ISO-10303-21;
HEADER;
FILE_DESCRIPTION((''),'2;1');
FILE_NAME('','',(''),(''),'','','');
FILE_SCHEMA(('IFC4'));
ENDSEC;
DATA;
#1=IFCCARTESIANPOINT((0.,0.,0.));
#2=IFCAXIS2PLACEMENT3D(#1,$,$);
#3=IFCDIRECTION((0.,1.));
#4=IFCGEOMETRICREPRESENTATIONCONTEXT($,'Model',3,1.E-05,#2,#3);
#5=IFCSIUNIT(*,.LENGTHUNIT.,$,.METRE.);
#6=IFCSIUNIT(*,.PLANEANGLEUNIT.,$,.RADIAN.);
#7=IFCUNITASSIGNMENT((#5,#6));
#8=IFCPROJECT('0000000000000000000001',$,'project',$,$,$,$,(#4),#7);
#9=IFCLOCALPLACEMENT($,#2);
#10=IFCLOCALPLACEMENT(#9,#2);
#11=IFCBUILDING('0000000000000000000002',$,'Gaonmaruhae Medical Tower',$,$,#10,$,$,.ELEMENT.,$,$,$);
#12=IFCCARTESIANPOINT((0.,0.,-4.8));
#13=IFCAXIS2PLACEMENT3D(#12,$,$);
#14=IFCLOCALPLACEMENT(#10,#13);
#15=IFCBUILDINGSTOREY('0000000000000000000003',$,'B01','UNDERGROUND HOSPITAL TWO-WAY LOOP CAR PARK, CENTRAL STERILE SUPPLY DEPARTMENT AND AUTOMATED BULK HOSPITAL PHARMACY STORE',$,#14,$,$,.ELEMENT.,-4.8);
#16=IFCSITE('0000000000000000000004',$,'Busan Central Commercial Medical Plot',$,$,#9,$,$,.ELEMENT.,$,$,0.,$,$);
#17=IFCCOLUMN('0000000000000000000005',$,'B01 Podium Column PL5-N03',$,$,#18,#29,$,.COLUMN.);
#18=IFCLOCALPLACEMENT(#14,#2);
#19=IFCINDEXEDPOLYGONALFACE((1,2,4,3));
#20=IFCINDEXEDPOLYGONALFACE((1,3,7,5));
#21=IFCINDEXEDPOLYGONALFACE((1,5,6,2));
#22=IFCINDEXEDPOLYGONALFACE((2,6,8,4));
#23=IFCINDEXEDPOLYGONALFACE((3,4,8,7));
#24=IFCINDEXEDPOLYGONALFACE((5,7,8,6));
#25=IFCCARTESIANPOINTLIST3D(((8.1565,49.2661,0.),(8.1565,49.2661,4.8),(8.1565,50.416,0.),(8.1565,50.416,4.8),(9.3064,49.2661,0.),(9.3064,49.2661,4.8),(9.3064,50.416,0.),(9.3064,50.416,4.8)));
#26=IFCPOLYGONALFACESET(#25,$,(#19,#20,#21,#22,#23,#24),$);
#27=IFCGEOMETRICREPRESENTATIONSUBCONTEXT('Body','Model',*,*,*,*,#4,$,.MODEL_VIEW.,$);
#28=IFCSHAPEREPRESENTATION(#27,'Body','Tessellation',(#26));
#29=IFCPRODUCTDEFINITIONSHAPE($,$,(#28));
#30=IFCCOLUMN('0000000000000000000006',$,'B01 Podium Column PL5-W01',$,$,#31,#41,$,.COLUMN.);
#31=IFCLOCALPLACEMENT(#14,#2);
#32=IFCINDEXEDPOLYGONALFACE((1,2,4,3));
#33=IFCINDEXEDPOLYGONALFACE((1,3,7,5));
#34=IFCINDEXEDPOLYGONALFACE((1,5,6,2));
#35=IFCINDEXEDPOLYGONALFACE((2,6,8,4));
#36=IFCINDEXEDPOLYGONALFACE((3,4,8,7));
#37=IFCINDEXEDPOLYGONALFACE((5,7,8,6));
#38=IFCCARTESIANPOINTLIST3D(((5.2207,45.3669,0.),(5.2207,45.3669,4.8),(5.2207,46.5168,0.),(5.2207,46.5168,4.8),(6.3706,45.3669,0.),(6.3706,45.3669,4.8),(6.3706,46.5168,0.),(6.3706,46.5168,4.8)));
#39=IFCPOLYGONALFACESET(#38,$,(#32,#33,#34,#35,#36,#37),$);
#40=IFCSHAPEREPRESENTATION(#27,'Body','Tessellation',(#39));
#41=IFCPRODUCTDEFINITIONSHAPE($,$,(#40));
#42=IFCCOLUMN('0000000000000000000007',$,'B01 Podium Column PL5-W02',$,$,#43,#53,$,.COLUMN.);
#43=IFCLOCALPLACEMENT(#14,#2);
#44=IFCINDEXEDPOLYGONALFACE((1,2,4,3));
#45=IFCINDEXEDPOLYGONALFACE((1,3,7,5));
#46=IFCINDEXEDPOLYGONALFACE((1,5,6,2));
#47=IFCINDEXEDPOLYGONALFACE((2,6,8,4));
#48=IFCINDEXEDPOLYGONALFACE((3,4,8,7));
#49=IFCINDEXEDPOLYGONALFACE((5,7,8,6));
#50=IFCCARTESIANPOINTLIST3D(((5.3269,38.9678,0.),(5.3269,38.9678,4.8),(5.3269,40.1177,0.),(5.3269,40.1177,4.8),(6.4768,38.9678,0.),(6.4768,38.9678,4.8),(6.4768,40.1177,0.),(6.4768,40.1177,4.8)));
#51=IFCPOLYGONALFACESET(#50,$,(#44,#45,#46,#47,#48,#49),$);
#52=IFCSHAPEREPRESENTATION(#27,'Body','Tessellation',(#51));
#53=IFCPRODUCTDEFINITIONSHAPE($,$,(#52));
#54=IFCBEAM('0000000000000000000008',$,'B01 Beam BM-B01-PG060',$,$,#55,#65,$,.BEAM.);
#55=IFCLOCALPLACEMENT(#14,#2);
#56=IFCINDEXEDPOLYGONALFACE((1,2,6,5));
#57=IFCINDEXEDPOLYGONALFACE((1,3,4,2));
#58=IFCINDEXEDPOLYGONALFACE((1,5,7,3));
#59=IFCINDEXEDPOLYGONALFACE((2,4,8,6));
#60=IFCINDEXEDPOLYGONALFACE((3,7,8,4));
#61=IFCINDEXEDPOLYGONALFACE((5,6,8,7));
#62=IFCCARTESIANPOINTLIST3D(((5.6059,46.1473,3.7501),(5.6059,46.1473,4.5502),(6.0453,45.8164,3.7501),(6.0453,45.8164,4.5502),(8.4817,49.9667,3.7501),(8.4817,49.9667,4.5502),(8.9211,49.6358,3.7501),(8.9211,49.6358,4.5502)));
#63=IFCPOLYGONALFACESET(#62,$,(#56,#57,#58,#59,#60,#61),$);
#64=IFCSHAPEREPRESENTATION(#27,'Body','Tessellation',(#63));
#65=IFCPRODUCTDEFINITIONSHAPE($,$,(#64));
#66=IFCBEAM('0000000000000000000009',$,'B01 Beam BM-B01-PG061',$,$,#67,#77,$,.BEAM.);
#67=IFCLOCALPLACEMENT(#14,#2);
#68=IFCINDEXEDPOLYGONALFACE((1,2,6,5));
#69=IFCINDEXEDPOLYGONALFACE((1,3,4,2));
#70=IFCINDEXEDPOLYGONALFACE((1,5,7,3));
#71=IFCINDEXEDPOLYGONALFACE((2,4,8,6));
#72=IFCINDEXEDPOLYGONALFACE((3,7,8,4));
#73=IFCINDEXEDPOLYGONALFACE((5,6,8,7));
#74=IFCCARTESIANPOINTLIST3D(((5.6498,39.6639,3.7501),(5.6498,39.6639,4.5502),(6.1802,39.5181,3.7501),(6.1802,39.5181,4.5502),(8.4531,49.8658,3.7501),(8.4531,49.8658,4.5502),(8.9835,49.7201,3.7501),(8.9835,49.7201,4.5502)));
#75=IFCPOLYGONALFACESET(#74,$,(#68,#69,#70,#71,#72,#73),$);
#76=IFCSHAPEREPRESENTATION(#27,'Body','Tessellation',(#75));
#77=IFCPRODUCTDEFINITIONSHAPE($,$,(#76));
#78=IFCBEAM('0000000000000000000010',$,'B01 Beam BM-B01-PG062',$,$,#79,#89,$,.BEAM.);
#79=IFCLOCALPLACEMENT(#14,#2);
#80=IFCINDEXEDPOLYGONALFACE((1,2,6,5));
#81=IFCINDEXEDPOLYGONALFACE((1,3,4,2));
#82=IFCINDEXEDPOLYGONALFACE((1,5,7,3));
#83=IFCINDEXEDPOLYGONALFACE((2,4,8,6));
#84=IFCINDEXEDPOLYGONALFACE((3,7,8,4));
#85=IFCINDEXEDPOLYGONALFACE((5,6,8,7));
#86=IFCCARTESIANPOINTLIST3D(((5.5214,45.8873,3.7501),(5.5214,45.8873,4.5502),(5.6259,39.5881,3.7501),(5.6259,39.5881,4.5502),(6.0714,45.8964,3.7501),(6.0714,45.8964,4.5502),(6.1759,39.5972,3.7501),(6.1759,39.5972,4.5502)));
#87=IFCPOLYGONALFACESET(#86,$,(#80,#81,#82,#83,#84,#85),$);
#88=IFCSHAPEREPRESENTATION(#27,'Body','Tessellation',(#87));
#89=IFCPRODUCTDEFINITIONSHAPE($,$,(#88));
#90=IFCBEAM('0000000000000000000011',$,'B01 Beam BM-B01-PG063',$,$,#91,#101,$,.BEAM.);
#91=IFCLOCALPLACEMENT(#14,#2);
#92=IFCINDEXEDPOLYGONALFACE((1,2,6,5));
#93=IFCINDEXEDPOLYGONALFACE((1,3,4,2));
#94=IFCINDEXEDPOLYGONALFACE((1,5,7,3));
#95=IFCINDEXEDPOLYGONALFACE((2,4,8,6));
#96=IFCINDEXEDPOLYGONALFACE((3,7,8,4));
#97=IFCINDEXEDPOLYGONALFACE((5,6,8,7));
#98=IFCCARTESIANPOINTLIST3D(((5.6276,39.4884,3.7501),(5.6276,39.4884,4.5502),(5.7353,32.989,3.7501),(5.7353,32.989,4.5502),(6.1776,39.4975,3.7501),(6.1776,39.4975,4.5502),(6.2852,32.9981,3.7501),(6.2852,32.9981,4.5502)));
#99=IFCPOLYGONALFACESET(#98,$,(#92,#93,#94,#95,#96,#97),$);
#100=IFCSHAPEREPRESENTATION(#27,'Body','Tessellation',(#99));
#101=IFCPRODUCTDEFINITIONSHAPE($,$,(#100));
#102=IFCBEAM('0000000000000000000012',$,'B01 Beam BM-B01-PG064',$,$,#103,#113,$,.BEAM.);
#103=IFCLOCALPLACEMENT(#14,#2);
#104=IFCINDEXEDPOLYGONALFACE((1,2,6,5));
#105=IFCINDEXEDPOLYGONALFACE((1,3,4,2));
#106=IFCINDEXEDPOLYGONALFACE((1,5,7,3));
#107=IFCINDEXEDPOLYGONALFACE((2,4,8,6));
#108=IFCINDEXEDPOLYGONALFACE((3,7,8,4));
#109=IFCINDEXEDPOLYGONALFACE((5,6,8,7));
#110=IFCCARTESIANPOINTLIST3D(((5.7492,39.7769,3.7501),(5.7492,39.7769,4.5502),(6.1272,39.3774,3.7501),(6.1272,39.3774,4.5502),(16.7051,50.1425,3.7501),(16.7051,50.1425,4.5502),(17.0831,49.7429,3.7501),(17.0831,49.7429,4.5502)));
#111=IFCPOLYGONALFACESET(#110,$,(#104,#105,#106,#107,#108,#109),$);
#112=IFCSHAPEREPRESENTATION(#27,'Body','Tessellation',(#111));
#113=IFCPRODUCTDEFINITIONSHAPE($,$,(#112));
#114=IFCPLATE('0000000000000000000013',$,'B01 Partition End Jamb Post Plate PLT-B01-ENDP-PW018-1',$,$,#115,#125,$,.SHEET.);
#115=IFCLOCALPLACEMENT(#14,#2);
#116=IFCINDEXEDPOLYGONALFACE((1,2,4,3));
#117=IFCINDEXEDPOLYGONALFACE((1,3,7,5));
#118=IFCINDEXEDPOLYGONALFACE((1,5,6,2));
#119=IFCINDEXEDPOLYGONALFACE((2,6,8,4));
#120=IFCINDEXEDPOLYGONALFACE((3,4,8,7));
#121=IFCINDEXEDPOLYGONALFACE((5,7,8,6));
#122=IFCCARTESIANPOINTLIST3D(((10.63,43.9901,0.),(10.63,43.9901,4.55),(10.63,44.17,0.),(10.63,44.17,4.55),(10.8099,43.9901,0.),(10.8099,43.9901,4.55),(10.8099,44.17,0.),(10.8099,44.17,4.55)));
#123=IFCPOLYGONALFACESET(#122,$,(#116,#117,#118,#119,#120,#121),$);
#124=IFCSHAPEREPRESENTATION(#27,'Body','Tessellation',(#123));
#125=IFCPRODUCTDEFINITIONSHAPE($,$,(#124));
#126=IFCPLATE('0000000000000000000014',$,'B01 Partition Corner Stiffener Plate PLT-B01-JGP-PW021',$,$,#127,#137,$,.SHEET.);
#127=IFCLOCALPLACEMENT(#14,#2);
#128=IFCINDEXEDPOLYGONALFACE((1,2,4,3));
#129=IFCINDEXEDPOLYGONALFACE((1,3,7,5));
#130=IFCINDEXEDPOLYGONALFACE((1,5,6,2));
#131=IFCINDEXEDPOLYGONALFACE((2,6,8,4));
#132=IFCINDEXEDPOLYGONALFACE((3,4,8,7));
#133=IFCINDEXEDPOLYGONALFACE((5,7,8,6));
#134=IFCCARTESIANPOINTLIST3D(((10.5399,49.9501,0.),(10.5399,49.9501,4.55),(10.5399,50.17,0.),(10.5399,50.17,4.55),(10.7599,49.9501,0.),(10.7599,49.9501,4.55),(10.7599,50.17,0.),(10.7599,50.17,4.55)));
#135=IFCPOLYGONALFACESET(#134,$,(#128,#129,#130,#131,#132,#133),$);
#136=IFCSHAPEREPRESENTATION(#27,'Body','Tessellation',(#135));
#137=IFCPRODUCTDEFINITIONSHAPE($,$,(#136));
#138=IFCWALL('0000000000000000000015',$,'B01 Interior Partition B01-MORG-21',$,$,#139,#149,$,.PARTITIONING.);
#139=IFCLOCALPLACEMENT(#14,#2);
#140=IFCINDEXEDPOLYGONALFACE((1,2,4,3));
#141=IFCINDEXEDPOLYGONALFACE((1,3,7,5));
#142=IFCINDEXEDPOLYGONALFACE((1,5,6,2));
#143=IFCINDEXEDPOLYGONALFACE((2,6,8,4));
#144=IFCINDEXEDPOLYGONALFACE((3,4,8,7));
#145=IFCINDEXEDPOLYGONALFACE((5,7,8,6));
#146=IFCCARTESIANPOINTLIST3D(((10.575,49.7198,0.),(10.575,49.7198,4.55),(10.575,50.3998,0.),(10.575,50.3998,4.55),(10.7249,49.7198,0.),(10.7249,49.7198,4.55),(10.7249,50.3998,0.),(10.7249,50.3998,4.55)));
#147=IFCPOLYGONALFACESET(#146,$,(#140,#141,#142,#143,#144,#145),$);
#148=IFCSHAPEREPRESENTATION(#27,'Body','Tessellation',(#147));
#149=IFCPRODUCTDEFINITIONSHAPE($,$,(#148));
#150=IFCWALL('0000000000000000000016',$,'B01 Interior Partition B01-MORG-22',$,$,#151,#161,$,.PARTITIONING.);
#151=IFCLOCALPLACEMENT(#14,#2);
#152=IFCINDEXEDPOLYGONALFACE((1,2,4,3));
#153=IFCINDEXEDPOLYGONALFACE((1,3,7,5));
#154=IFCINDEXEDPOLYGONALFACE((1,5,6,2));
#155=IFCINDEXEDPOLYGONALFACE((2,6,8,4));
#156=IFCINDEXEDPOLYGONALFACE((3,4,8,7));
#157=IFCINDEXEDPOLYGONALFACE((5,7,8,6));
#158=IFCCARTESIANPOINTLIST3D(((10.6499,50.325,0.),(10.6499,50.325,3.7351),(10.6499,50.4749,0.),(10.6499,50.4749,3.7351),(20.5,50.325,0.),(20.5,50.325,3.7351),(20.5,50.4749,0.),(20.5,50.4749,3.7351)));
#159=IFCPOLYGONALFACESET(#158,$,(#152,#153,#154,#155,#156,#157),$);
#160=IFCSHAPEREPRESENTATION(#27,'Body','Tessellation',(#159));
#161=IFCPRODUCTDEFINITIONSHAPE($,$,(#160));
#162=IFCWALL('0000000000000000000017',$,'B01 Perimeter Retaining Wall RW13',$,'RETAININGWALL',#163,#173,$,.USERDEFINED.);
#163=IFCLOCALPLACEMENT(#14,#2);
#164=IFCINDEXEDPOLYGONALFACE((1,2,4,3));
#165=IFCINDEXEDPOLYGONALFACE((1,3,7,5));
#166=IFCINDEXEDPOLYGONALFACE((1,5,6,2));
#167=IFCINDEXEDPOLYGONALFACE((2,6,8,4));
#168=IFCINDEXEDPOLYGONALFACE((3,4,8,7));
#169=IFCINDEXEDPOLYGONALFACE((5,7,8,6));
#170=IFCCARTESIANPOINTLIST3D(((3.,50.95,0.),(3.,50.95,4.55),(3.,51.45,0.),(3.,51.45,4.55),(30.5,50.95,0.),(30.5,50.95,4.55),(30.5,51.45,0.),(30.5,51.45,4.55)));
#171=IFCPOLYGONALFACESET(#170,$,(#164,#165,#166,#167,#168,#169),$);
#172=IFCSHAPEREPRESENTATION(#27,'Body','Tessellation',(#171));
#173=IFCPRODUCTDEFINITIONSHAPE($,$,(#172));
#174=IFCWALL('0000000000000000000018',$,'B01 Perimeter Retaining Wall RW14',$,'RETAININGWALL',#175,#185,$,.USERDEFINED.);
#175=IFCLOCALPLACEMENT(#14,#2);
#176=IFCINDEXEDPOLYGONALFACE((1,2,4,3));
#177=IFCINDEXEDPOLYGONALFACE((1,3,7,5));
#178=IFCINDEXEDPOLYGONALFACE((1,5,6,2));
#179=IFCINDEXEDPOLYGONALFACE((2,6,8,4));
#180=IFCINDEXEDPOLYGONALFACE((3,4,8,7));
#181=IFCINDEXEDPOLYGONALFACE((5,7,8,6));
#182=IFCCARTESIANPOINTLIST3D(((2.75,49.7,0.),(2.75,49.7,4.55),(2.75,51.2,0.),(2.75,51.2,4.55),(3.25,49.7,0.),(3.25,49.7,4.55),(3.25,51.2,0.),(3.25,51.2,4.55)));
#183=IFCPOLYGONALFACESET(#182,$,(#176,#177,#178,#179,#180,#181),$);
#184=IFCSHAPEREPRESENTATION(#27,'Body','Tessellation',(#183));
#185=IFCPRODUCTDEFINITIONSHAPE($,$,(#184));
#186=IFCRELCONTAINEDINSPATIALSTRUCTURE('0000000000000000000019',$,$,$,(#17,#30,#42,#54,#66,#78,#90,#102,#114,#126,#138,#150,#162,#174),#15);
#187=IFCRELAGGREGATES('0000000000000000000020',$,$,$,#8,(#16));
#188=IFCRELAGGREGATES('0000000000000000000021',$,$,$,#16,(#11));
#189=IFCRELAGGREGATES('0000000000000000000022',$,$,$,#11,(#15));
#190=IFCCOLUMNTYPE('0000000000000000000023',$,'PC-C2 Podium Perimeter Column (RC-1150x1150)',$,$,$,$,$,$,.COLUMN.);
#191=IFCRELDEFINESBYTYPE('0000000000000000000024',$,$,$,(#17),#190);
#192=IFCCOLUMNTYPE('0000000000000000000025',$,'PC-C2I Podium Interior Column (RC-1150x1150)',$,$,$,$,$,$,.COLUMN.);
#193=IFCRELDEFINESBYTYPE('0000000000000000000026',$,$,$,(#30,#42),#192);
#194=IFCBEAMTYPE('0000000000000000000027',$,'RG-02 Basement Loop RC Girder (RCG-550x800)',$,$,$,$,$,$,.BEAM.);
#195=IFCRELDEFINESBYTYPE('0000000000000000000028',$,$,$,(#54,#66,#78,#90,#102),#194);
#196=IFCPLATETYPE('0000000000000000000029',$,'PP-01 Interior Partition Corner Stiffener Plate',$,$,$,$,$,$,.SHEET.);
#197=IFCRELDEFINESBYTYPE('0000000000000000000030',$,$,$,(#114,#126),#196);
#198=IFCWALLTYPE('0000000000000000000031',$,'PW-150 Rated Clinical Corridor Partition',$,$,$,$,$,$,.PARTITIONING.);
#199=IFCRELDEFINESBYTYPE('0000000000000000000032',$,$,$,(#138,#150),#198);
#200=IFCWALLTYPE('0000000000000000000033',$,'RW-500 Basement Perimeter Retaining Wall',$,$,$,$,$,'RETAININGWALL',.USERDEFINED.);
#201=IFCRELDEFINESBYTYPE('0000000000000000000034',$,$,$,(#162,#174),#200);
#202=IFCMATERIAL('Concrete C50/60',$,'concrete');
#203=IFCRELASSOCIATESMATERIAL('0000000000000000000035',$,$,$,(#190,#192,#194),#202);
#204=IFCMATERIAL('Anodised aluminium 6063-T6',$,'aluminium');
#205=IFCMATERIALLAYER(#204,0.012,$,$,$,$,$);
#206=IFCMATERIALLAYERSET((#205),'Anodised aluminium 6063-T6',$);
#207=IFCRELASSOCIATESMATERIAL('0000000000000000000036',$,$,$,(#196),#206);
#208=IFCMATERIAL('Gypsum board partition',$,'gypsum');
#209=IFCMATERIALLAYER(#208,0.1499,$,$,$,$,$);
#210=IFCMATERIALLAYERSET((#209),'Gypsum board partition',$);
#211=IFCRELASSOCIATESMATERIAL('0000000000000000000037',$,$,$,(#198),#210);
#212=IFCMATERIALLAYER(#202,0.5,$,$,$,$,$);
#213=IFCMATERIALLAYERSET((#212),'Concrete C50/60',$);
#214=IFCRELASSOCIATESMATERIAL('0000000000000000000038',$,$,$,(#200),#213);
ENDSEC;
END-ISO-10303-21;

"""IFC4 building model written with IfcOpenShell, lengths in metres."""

from ifc_helpers import new_model, si_unit, direction, frame, frame_2d, origin, origin_2d, place, context, subcontext, project, spatial, rectangle, extrude, material, layer, layer_set, material_profile, profile_set, type_object, element, save


model = new_model("IFC4")

# Units and contexts
model_context = context("Model", 3, precision=1e-05, world=origin(), true_north=direction((0.0, 1.0)))
body_context = subcontext(model_context, "Body", "Model", "MODEL_VIEW")
ifc_project = project(units=[si_unit("LENGTHUNIT", "METRE"), si_unit("PLANEANGLEUNIT", "RADIAN")], contexts=[model_context])

# Site, building, storey
site_placement = place(None, origin())
site = spatial("IfcSite", under=ifc_project, at=site_placement, Name="Busan Central Commercial Medical Plot", CompositionType="ELEMENT", RefElevation=0.0)
building_placement = place(site_placement, origin())
building = spatial("IfcBuilding", under=site, at=building_placement, Name="Gaonmaruhae Medical Tower", CompositionType="ELEMENT")
storey_placement = place(building_placement, frame((0.0, 0.0, -4.8)))
storey = spatial("IfcBuildingStorey", under=building, at=storey_placement, Name="B01", Description="UNDERGROUND HOSPITAL TWO-WAY LOOP CAR PARK, CENTRAL STERILE SUPPLY DEPARTMENT AND AUTOMATED BULK HOSPITAL PHARMACY STORE", CompositionType="ELEMENT", Elevation=-4.8)

# Columns
ifc_material_1 = material(Name="Concrete C50/60", Category="concrete")
ifc_material_profile_1 = material_profile(ifc_material_1, rectangle(XDim=1.1499, YDim=1.1499, at=origin_2d()), Name="RC-1150x1150")
ifc_profile_set_1 = profile_set([ifc_material_profile_1], Name="Concrete C50/60")
column_type_1 = type_object("IfcColumnType", Name="PC-C2 Podium Perimeter Column (RC-1150x1150)", PredefinedType="COLUMN", material=ifc_profile_set_1)
column_placement = place(storey_placement, frame((8.7314, 49.8411, 0.0), z_axis=(0.0, 0.0, 1.0), x_axis=(1.0, 0.0, 0.0)))
element("IfcColumn", 1, at=column_placement, inside=storey, type_object=column_type_1, Name="B01 Podium Column PL5-N03", PredefinedType="COLUMN", context=body_context, shape_type="SweptSolid", body=[
    extrude(rectangle(XDim=1.1499, YDim=1.1499, at=origin_2d()), origin(), (0.0, 0.0, 1.0), 4.8),
])
ifc_material_profile_2 = material_profile(ifc_material_1, rectangle(XDim=1.1499, YDim=1.1499, at=origin_2d()), Name="RC-1150x1150")
ifc_profile_set_2 = profile_set([ifc_material_profile_2], Name="Concrete C50/60")
column_type_2 = type_object("IfcColumnType", Name="PC-C2I Podium Interior Column (RC-1150x1150)", PredefinedType="COLUMN", material=ifc_profile_set_2)
for number, where, z_axis, x_axis, name in (
    (2, (5.7957, 45.9419, 0.0), (0.0, 0.0, 1.0), (1.0, 0.0, 0.0), "B01 Podium Column PL5-W01"),
    (3, (5.9019, 39.5427, 0.0), (0.0, 0.0, 1.0), (1.0, 0.0, 0.0), "B01 Podium Column PL5-W02"),
):
    element("IfcColumn", number, at=place(storey_placement, frame(where, z_axis=z_axis, x_axis=x_axis)), inside=storey, type_object=column_type_2, Name=name, PredefinedType="COLUMN", context=body_context, shape_type="SweptSolid", body=[
        extrude(rectangle(XDim=1.1499, YDim=1.1499, at=origin_2d()), origin(), (0.0, 0.0, 1.0), 4.8),
    ])

# Beams
ifc_material_profile_3 = material_profile(ifc_material_1, rectangle(XDim=0.55, YDim=0.8, at=origin_2d()), Name="RCG-550x800")
ifc_profile_set_3 = profile_set([ifc_material_profile_3], Name="Concrete C50/60")
beam_type = type_object("IfcBeamType", Name="RG-02 Basement Loop RC Girder (RCG-550x800)", PredefinedType="BEAM", material=ifc_profile_set_3)
beam_1_placement = place(storey_placement, frame((8.7014, 49.8013, 4.1501), z_axis=(-0.601502, -0.798871, 0.0), x_axis=(0.798871, -0.601502, 0.0)))
element("IfcBeam", 4, at=beam_1_placement, inside=storey, type_object=beam_type, Name="B01 Beam BM-B01-PG060", PredefinedType="BEAM", context=body_context, shape_type="SweptSolid", body=[
    extrude(rectangle(XDim=0.55, YDim=0.8, at=origin_2d()), origin(), (0.0, 0.0, 1.0), 4.781),
])
beam_2_placement = place(storey_placement, frame((8.7183, 49.793, 4.1501), z_axis=(-0.264954, -0.964261, 0.0), x_axis=(0.964261, -0.264954, 0.0)))
element("IfcBeam", 5, at=beam_2_placement, inside=storey, type_object=beam_type, Name="B01 Beam BM-B01-PG061", PredefinedType="BEAM", context=body_context, shape_type="SweptSolid", body=[
    extrude(rectangle(XDim=0.55, YDim=0.8, at=origin_2d()), origin(), (0.0, 0.0, 1.0), 10.5801),
])
beam_3_placement = place(storey_placement, frame((5.7964, 45.8918, 4.1501), z_axis=(0.016586, -0.999862, 0.0), x_axis=(0.999862, 0.016586, 0.0)))
element("IfcBeam", 6, at=beam_3_placement, inside=storey, type_object=beam_type, Name="B01 Beam BM-B01-PG062", PredefinedType="BEAM", context=body_context, shape_type="SweptSolid", body=[
    extrude(rectangle(XDim=0.55, YDim=0.8, at=origin_2d()), origin(), (0.0, 0.0, 1.0), 6.3),
])
beam_4_placement = place(storey_placement, frame((5.9026, 39.4929, 4.1501), z_axis=(0.016564, -0.999863, 0.0), x_axis=(0.999863, 0.016564, 0.0)))
element("IfcBeam", 7, at=beam_4_placement, inside=storey, type_object=beam_type, Name="B01 Beam BM-B01-PG063", PredefinedType="BEAM", context=body_context, shape_type="SweptSolid", body=[
    extrude(rectangle(XDim=0.55, YDim=0.8, at=origin_2d()), origin(), (0.0, 0.0, 1.0), 6.5002),
])
beam_5_placement = place(storey_placement, frame((5.9382, 39.5771, 4.1501), z_axis=(0.726406, 0.687265, 0.0), x_axis=(-0.687265, 0.726406, 0.0)))
element("IfcBeam", 8, at=beam_5_placement, inside=storey, type_object=beam_type, Name="B01 Beam BM-B01-PG064", PredefinedType="BEAM", context=body_context, shape_type="SweptSolid", body=[
    extrude(rectangle(XDim=0.55, YDim=0.8, at=origin_2d()), origin(), (0.0, 0.0, 1.0), 15.0823),
])

# Plates
ifc_material_2 = material(Name="Anodised aluminium 6063-T6", Category="aluminium")
ifc_layer_1 = layer(ifc_material_2, 0.012)
ifc_layer_set_1 = layer_set([ifc_layer_1], Name="Anodised aluminium 6063-T6")
plate_type = type_object("IfcPlateType", Name="PP-01 Interior Partition Corner Stiffener Plate", PredefinedType="SHEET", material=ifc_layer_set_1)
plate_1_placement = place(storey_placement, frame((10.72, 44.0801, 0.0), z_axis=(0.0, 0.0, 1.0), x_axis=(0.0, 1.0, 0.0)))
element("IfcPlate", 9, at=plate_1_placement, inside=storey, type_object=plate_type, Name="B01 Partition End Jamb Post Plate PLT-B01-ENDP-PW018-1", PredefinedType="SHEET", context=body_context, shape_type="SweptSolid", body=[
    extrude(rectangle(XDim=0.1799, YDim=0.1799, at=origin_2d()), origin(), (0.0, 0.0, 1.0), 4.55),
])
plate_2_placement = place(storey_placement, frame((10.6499, 50.0601, 0.0), z_axis=(0.0, 0.0, 1.0), x_axis=(0.0, 1.0, 0.0)))
element("IfcPlate", 10, at=plate_2_placement, inside=storey, type_object=plate_type, Name="B01 Partition Corner Stiffener Plate PLT-B01-JGP-PW021", PredefinedType="SHEET", context=body_context, shape_type="SweptSolid", body=[
    extrude(rectangle(XDim=0.22, YDim=0.22, at=origin_2d()), origin(), (0.0, 0.0, 1.0), 4.55),
])

# Walls
ifc_material_3 = material(Name="Gypsum board partition", Category="gypsum")
ifc_layer_2 = layer(ifc_material_3, 0.1499)
ifc_layer_set_2 = layer_set([ifc_layer_2], Name="Gypsum board partition")
wall_type_1 = type_object("IfcWallType", Name="PW-150 Rated Clinical Corridor Partition", PredefinedType="PARTITIONING", material=ifc_layer_set_2)
wall_1_placement = place(storey_placement, frame((10.6499, 49.72, 0.0), z_axis=(0.0, 0.0, 1.0), x_axis=(0.0, 1.0, 0.0)))
element("IfcWall", 11, at=wall_1_placement, inside=storey, type_object=wall_type_1, Name="B01 Interior Partition B01-MORG-21", PredefinedType="PARTITIONING", context=body_context, shape_type="SweptSolid", body=[
    extrude(rectangle(XDim=0.6799, YDim=0.1499, at=frame_2d((0.3398, 0.0))), origin(), (0.0, 0.0, 1.0), 4.55),
])
wall_2_placement = place(storey_placement, frame((10.6499, 50.3999, 0.0), z_axis=(0.0, 0.0, 1.0), x_axis=(1.0, 0.0, 0.0)))
element("IfcWall", 12, at=wall_2_placement, inside=storey, type_object=wall_type_1, Name="B01 Interior Partition B01-MORG-22", PredefinedType="PARTITIONING", context=body_context, shape_type="SweptSolid", body=[
    extrude(rectangle(XDim=9.8501, YDim=0.1499, at=frame_2d((4.925, 0.0))), origin(), (0.0, 0.0, 1.0), 3.7351),
])
ifc_layer_3 = layer(ifc_material_1, 0.5)
ifc_layer_set_3 = layer_set([ifc_layer_3], Name="Concrete C50/60")
wall_type_2 = type_object("IfcWallType", Name="RW-500 Basement Perimeter Retaining Wall", ElementType="RETAININGWALL", PredefinedType="USERDEFINED", material=ifc_layer_set_3)
wall_3_placement = place(storey_placement, frame((3.0, 51.2, 0.0), z_axis=(0.0, 0.0, 1.0), x_axis=(1.0, 0.0, 0.0)))
element("IfcWall", 13, at=wall_3_placement, inside=storey, type_object=wall_type_2, Name="B01 Perimeter Retaining Wall RW13", ObjectType="RETAININGWALL", PredefinedType="USERDEFINED", context=body_context, shape_type="SweptSolid", body=[
    extrude(rectangle(XDim=27.5, YDim=0.5, at=frame_2d((13.75, 0.0))), origin(), (0.0, 0.0, 1.0), 4.55),
])
for number, where, z_axis, x_axis, name in (
    (14, (3.0, 49.7, 0.0), (0.0, 0.0, 1.0), (0.0, 1.0, 0.0), "B01 Perimeter Retaining Wall RW14"),
):
    element("IfcWall", number, at=place(storey_placement, frame(where, z_axis=z_axis, x_axis=x_axis)), inside=storey, type_object=wall_type_2, Name=name, ObjectType="RETAININGWALL", PredefinedType="USERDEFINED", context=body_context, shape_type="SweptSolid", body=[
        extrude(rectangle(XDim=1.5, YDim=0.5, at=frame_2d((0.75, 0.0))), origin(), (0.0, 0.0, 1.0), 4.55),
    ])

save(model, "model.ifc")
